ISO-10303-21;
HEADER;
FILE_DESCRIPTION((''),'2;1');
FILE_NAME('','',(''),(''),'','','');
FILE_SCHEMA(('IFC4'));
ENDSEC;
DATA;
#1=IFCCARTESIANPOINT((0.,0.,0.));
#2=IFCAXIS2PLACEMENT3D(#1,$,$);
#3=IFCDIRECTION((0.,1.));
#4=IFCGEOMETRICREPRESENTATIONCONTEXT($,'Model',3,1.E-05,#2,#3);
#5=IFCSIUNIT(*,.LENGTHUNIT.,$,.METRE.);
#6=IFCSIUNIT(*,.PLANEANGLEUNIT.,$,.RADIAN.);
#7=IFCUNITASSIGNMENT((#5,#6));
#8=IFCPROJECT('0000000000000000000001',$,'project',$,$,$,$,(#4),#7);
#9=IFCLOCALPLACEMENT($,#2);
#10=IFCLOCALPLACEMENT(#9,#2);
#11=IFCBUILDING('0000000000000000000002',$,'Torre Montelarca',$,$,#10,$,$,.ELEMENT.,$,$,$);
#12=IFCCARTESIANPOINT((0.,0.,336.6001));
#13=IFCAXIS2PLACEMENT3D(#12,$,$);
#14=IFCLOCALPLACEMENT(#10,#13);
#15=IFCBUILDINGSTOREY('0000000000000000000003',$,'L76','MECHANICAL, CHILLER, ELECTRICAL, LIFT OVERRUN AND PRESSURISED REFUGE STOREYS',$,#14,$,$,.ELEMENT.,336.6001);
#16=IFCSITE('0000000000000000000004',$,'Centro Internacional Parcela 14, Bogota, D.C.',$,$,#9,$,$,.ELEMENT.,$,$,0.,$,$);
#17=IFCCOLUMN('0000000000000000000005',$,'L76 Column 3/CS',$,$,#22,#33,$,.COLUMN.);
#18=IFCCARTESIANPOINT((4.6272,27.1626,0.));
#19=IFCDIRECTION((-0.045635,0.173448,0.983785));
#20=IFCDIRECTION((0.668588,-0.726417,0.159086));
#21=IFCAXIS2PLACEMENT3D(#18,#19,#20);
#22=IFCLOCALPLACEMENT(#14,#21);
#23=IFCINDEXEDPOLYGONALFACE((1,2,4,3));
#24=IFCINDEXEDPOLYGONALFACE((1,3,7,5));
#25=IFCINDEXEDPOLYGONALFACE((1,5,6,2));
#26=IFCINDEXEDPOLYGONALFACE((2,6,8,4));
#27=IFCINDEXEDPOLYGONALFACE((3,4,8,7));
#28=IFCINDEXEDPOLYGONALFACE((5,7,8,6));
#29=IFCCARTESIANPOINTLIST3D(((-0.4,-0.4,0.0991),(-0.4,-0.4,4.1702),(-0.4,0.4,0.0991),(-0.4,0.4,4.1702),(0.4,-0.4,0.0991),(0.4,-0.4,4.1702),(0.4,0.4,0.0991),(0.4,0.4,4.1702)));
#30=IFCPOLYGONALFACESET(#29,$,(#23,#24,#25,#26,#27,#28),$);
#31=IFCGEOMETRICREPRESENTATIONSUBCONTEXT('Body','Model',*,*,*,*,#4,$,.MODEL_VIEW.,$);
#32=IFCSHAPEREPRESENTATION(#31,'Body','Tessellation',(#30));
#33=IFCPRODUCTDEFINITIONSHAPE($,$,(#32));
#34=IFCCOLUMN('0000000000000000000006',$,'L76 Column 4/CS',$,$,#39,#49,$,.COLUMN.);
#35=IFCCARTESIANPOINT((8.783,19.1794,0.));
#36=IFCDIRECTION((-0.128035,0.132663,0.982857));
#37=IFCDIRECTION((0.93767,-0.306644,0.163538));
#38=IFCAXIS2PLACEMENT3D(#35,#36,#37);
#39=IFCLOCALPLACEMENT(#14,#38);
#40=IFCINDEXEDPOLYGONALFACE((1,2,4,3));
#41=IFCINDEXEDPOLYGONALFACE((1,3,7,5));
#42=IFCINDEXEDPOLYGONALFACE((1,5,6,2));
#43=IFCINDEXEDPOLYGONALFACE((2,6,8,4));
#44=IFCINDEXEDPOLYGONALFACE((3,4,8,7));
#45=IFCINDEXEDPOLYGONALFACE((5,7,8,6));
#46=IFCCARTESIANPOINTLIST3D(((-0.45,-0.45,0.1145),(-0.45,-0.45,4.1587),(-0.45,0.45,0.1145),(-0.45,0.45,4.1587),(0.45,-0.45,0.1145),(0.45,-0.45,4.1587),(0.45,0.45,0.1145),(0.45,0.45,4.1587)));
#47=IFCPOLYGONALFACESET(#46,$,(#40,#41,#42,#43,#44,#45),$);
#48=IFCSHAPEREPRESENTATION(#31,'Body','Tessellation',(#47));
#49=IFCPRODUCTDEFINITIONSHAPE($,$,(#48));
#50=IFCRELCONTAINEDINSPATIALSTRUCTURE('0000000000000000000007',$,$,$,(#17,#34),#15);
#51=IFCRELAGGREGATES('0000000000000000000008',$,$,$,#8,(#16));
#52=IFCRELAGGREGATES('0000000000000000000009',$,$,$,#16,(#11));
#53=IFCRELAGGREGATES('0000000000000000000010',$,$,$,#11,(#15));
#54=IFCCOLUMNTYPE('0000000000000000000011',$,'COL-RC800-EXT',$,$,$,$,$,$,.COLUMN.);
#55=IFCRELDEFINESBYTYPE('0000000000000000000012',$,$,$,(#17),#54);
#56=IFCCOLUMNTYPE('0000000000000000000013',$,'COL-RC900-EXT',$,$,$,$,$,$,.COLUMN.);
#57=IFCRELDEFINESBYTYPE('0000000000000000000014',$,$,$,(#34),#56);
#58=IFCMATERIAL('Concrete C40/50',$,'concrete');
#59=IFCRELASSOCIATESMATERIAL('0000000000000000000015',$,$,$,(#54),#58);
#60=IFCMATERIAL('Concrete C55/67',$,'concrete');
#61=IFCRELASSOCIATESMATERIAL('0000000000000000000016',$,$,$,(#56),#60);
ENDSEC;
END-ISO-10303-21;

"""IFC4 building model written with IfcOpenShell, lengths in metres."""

from ifc_helpers import new_model, si_unit, direction, frame, origin, origin_2d, place, context, subcontext, project, spatial, rectangle, extrude, clip, halfspace, material, material_profile, profile_set, type_object, element, save


model = new_model("IFC4")

# Units and contexts
model_context = context("Model", 3, precision=1e-05, world=origin(), true_north=direction((0.0, 1.0)))
body_context = subcontext(model_context, "Body", "Model", "MODEL_VIEW")
ifc_project = project(units=[si_unit("LENGTHUNIT", "METRE"), si_unit("PLANEANGLEUNIT", "RADIAN")], contexts=[model_context])

# Site, building, storey
site_placement = place(None, origin())
site = spatial("IfcSite", under=ifc_project, at=site_placement, Name="Centro Internacional Parcela 14, Bogota, D.C.", CompositionType="ELEMENT", RefElevation=0.0)
building_placement = place(site_placement, origin())
building = spatial("IfcBuilding", under=site, at=building_placement, Name="Torre Montelarca", CompositionType="ELEMENT")
storey_placement = place(building_placement, frame((0.0, 0.0, 336.6001)))
storey = spatial("IfcBuildingStorey", under=building, at=storey_placement, Name="L76", Description="MECHANICAL, CHILLER, ELECTRICAL, LIFT OVERRUN AND PRESSURISED REFUGE STOREYS", CompositionType="ELEMENT", Elevation=336.6001)

# Columns
ifc_material_1 = material(Name="Concrete C40/50", Category="concrete")
ifc_material_profile_1 = material_profile(ifc_material_1, rectangle(XDim=0.8, YDim=0.8, at=origin_2d()), Name="RC800X800", Category="concrete")
ifc_profile_set_1 = profile_set([ifc_material_profile_1], Name="Concrete C40/50")
column_type_1 = type_object("IfcColumnType", Name="COL-RC800-EXT", PredefinedType="COLUMN", material=ifc_profile_set_1)
column_1_placement = place(storey_placement, frame((4.6272, 27.1626, 0.0), z_axis=(-0.045635, 0.173448, 0.983785), x_axis=(0.668588, -0.726417, 0.159086)))
element("IfcColumn", 1, at=column_1_placement, inside=storey, type_object=column_type_1, Name="L76 Column 3/CS", PredefinedType="COLUMN", context=body_context, shape_type="Clipping", body=[
    clip(clip(extrude(rectangle(XDim=0.8, YDim=0.8, at=origin_2d()), origin(), (0.0, 0.0, 1.0), 4.2693), halfspace(frame((0.0, 0.0, 0.0991), z_axis=(0.0, 0.0, -1.0), x_axis=(1.0, 0.0, 0.0)), False)), halfspace(frame((0.0, 0.0, 4.1702), z_axis=(0.0, 0.0, 1.0), x_axis=(1.0, 0.0, 0.0)), False)),
])
ifc_material_2 = material(Name="Concrete C55/67", Category="concrete")
ifc_material_profile_2 = material_profile(ifc_material_2, rectangle(XDim=0.8999, YDim=0.8999, at=origin_2d()), Name="RC900X900", Category="concrete")
ifc_profile_set_2 = profile_set([ifc_material_profile_2], Name="Concrete C55/67")
column_type_2 = type_object("IfcColumnType", Name="COL-RC900-EXT", PredefinedType="COLUMN", material=ifc_profile_set_2)
column_2_placement = place(storey_placement, frame((8.783, 19.1794, 0.0), z_axis=(-0.128035, 0.132663, 0.982857), x_axis=(0.93767, -0.306644, 0.163538)))
element("IfcColumn", 2, at=column_2_placement, inside=storey, type_object=column_type_2, Name="L76 Column 4/CS", PredefinedType="COLUMN", context=body_context, shape_type="Clipping", body=[
    clip(clip(extrude(rectangle(XDim=0.8999, YDim=0.8999, at=origin_2d()), origin(), (0.0, 0.0, 1.0), 4.2732), halfspace(frame((0.0, 0.0, 0.1145), z_axis=(0.0, 0.0, -1.0), x_axis=(1.0, 0.0, 0.0)), False)), halfspace(frame((0.0, 0.0, 4.1587), z_axis=(0.0, 0.0, 1.0), x_axis=(1.0, 0.0, 0.0)), False)),
])

save(model, "model.ifc")
